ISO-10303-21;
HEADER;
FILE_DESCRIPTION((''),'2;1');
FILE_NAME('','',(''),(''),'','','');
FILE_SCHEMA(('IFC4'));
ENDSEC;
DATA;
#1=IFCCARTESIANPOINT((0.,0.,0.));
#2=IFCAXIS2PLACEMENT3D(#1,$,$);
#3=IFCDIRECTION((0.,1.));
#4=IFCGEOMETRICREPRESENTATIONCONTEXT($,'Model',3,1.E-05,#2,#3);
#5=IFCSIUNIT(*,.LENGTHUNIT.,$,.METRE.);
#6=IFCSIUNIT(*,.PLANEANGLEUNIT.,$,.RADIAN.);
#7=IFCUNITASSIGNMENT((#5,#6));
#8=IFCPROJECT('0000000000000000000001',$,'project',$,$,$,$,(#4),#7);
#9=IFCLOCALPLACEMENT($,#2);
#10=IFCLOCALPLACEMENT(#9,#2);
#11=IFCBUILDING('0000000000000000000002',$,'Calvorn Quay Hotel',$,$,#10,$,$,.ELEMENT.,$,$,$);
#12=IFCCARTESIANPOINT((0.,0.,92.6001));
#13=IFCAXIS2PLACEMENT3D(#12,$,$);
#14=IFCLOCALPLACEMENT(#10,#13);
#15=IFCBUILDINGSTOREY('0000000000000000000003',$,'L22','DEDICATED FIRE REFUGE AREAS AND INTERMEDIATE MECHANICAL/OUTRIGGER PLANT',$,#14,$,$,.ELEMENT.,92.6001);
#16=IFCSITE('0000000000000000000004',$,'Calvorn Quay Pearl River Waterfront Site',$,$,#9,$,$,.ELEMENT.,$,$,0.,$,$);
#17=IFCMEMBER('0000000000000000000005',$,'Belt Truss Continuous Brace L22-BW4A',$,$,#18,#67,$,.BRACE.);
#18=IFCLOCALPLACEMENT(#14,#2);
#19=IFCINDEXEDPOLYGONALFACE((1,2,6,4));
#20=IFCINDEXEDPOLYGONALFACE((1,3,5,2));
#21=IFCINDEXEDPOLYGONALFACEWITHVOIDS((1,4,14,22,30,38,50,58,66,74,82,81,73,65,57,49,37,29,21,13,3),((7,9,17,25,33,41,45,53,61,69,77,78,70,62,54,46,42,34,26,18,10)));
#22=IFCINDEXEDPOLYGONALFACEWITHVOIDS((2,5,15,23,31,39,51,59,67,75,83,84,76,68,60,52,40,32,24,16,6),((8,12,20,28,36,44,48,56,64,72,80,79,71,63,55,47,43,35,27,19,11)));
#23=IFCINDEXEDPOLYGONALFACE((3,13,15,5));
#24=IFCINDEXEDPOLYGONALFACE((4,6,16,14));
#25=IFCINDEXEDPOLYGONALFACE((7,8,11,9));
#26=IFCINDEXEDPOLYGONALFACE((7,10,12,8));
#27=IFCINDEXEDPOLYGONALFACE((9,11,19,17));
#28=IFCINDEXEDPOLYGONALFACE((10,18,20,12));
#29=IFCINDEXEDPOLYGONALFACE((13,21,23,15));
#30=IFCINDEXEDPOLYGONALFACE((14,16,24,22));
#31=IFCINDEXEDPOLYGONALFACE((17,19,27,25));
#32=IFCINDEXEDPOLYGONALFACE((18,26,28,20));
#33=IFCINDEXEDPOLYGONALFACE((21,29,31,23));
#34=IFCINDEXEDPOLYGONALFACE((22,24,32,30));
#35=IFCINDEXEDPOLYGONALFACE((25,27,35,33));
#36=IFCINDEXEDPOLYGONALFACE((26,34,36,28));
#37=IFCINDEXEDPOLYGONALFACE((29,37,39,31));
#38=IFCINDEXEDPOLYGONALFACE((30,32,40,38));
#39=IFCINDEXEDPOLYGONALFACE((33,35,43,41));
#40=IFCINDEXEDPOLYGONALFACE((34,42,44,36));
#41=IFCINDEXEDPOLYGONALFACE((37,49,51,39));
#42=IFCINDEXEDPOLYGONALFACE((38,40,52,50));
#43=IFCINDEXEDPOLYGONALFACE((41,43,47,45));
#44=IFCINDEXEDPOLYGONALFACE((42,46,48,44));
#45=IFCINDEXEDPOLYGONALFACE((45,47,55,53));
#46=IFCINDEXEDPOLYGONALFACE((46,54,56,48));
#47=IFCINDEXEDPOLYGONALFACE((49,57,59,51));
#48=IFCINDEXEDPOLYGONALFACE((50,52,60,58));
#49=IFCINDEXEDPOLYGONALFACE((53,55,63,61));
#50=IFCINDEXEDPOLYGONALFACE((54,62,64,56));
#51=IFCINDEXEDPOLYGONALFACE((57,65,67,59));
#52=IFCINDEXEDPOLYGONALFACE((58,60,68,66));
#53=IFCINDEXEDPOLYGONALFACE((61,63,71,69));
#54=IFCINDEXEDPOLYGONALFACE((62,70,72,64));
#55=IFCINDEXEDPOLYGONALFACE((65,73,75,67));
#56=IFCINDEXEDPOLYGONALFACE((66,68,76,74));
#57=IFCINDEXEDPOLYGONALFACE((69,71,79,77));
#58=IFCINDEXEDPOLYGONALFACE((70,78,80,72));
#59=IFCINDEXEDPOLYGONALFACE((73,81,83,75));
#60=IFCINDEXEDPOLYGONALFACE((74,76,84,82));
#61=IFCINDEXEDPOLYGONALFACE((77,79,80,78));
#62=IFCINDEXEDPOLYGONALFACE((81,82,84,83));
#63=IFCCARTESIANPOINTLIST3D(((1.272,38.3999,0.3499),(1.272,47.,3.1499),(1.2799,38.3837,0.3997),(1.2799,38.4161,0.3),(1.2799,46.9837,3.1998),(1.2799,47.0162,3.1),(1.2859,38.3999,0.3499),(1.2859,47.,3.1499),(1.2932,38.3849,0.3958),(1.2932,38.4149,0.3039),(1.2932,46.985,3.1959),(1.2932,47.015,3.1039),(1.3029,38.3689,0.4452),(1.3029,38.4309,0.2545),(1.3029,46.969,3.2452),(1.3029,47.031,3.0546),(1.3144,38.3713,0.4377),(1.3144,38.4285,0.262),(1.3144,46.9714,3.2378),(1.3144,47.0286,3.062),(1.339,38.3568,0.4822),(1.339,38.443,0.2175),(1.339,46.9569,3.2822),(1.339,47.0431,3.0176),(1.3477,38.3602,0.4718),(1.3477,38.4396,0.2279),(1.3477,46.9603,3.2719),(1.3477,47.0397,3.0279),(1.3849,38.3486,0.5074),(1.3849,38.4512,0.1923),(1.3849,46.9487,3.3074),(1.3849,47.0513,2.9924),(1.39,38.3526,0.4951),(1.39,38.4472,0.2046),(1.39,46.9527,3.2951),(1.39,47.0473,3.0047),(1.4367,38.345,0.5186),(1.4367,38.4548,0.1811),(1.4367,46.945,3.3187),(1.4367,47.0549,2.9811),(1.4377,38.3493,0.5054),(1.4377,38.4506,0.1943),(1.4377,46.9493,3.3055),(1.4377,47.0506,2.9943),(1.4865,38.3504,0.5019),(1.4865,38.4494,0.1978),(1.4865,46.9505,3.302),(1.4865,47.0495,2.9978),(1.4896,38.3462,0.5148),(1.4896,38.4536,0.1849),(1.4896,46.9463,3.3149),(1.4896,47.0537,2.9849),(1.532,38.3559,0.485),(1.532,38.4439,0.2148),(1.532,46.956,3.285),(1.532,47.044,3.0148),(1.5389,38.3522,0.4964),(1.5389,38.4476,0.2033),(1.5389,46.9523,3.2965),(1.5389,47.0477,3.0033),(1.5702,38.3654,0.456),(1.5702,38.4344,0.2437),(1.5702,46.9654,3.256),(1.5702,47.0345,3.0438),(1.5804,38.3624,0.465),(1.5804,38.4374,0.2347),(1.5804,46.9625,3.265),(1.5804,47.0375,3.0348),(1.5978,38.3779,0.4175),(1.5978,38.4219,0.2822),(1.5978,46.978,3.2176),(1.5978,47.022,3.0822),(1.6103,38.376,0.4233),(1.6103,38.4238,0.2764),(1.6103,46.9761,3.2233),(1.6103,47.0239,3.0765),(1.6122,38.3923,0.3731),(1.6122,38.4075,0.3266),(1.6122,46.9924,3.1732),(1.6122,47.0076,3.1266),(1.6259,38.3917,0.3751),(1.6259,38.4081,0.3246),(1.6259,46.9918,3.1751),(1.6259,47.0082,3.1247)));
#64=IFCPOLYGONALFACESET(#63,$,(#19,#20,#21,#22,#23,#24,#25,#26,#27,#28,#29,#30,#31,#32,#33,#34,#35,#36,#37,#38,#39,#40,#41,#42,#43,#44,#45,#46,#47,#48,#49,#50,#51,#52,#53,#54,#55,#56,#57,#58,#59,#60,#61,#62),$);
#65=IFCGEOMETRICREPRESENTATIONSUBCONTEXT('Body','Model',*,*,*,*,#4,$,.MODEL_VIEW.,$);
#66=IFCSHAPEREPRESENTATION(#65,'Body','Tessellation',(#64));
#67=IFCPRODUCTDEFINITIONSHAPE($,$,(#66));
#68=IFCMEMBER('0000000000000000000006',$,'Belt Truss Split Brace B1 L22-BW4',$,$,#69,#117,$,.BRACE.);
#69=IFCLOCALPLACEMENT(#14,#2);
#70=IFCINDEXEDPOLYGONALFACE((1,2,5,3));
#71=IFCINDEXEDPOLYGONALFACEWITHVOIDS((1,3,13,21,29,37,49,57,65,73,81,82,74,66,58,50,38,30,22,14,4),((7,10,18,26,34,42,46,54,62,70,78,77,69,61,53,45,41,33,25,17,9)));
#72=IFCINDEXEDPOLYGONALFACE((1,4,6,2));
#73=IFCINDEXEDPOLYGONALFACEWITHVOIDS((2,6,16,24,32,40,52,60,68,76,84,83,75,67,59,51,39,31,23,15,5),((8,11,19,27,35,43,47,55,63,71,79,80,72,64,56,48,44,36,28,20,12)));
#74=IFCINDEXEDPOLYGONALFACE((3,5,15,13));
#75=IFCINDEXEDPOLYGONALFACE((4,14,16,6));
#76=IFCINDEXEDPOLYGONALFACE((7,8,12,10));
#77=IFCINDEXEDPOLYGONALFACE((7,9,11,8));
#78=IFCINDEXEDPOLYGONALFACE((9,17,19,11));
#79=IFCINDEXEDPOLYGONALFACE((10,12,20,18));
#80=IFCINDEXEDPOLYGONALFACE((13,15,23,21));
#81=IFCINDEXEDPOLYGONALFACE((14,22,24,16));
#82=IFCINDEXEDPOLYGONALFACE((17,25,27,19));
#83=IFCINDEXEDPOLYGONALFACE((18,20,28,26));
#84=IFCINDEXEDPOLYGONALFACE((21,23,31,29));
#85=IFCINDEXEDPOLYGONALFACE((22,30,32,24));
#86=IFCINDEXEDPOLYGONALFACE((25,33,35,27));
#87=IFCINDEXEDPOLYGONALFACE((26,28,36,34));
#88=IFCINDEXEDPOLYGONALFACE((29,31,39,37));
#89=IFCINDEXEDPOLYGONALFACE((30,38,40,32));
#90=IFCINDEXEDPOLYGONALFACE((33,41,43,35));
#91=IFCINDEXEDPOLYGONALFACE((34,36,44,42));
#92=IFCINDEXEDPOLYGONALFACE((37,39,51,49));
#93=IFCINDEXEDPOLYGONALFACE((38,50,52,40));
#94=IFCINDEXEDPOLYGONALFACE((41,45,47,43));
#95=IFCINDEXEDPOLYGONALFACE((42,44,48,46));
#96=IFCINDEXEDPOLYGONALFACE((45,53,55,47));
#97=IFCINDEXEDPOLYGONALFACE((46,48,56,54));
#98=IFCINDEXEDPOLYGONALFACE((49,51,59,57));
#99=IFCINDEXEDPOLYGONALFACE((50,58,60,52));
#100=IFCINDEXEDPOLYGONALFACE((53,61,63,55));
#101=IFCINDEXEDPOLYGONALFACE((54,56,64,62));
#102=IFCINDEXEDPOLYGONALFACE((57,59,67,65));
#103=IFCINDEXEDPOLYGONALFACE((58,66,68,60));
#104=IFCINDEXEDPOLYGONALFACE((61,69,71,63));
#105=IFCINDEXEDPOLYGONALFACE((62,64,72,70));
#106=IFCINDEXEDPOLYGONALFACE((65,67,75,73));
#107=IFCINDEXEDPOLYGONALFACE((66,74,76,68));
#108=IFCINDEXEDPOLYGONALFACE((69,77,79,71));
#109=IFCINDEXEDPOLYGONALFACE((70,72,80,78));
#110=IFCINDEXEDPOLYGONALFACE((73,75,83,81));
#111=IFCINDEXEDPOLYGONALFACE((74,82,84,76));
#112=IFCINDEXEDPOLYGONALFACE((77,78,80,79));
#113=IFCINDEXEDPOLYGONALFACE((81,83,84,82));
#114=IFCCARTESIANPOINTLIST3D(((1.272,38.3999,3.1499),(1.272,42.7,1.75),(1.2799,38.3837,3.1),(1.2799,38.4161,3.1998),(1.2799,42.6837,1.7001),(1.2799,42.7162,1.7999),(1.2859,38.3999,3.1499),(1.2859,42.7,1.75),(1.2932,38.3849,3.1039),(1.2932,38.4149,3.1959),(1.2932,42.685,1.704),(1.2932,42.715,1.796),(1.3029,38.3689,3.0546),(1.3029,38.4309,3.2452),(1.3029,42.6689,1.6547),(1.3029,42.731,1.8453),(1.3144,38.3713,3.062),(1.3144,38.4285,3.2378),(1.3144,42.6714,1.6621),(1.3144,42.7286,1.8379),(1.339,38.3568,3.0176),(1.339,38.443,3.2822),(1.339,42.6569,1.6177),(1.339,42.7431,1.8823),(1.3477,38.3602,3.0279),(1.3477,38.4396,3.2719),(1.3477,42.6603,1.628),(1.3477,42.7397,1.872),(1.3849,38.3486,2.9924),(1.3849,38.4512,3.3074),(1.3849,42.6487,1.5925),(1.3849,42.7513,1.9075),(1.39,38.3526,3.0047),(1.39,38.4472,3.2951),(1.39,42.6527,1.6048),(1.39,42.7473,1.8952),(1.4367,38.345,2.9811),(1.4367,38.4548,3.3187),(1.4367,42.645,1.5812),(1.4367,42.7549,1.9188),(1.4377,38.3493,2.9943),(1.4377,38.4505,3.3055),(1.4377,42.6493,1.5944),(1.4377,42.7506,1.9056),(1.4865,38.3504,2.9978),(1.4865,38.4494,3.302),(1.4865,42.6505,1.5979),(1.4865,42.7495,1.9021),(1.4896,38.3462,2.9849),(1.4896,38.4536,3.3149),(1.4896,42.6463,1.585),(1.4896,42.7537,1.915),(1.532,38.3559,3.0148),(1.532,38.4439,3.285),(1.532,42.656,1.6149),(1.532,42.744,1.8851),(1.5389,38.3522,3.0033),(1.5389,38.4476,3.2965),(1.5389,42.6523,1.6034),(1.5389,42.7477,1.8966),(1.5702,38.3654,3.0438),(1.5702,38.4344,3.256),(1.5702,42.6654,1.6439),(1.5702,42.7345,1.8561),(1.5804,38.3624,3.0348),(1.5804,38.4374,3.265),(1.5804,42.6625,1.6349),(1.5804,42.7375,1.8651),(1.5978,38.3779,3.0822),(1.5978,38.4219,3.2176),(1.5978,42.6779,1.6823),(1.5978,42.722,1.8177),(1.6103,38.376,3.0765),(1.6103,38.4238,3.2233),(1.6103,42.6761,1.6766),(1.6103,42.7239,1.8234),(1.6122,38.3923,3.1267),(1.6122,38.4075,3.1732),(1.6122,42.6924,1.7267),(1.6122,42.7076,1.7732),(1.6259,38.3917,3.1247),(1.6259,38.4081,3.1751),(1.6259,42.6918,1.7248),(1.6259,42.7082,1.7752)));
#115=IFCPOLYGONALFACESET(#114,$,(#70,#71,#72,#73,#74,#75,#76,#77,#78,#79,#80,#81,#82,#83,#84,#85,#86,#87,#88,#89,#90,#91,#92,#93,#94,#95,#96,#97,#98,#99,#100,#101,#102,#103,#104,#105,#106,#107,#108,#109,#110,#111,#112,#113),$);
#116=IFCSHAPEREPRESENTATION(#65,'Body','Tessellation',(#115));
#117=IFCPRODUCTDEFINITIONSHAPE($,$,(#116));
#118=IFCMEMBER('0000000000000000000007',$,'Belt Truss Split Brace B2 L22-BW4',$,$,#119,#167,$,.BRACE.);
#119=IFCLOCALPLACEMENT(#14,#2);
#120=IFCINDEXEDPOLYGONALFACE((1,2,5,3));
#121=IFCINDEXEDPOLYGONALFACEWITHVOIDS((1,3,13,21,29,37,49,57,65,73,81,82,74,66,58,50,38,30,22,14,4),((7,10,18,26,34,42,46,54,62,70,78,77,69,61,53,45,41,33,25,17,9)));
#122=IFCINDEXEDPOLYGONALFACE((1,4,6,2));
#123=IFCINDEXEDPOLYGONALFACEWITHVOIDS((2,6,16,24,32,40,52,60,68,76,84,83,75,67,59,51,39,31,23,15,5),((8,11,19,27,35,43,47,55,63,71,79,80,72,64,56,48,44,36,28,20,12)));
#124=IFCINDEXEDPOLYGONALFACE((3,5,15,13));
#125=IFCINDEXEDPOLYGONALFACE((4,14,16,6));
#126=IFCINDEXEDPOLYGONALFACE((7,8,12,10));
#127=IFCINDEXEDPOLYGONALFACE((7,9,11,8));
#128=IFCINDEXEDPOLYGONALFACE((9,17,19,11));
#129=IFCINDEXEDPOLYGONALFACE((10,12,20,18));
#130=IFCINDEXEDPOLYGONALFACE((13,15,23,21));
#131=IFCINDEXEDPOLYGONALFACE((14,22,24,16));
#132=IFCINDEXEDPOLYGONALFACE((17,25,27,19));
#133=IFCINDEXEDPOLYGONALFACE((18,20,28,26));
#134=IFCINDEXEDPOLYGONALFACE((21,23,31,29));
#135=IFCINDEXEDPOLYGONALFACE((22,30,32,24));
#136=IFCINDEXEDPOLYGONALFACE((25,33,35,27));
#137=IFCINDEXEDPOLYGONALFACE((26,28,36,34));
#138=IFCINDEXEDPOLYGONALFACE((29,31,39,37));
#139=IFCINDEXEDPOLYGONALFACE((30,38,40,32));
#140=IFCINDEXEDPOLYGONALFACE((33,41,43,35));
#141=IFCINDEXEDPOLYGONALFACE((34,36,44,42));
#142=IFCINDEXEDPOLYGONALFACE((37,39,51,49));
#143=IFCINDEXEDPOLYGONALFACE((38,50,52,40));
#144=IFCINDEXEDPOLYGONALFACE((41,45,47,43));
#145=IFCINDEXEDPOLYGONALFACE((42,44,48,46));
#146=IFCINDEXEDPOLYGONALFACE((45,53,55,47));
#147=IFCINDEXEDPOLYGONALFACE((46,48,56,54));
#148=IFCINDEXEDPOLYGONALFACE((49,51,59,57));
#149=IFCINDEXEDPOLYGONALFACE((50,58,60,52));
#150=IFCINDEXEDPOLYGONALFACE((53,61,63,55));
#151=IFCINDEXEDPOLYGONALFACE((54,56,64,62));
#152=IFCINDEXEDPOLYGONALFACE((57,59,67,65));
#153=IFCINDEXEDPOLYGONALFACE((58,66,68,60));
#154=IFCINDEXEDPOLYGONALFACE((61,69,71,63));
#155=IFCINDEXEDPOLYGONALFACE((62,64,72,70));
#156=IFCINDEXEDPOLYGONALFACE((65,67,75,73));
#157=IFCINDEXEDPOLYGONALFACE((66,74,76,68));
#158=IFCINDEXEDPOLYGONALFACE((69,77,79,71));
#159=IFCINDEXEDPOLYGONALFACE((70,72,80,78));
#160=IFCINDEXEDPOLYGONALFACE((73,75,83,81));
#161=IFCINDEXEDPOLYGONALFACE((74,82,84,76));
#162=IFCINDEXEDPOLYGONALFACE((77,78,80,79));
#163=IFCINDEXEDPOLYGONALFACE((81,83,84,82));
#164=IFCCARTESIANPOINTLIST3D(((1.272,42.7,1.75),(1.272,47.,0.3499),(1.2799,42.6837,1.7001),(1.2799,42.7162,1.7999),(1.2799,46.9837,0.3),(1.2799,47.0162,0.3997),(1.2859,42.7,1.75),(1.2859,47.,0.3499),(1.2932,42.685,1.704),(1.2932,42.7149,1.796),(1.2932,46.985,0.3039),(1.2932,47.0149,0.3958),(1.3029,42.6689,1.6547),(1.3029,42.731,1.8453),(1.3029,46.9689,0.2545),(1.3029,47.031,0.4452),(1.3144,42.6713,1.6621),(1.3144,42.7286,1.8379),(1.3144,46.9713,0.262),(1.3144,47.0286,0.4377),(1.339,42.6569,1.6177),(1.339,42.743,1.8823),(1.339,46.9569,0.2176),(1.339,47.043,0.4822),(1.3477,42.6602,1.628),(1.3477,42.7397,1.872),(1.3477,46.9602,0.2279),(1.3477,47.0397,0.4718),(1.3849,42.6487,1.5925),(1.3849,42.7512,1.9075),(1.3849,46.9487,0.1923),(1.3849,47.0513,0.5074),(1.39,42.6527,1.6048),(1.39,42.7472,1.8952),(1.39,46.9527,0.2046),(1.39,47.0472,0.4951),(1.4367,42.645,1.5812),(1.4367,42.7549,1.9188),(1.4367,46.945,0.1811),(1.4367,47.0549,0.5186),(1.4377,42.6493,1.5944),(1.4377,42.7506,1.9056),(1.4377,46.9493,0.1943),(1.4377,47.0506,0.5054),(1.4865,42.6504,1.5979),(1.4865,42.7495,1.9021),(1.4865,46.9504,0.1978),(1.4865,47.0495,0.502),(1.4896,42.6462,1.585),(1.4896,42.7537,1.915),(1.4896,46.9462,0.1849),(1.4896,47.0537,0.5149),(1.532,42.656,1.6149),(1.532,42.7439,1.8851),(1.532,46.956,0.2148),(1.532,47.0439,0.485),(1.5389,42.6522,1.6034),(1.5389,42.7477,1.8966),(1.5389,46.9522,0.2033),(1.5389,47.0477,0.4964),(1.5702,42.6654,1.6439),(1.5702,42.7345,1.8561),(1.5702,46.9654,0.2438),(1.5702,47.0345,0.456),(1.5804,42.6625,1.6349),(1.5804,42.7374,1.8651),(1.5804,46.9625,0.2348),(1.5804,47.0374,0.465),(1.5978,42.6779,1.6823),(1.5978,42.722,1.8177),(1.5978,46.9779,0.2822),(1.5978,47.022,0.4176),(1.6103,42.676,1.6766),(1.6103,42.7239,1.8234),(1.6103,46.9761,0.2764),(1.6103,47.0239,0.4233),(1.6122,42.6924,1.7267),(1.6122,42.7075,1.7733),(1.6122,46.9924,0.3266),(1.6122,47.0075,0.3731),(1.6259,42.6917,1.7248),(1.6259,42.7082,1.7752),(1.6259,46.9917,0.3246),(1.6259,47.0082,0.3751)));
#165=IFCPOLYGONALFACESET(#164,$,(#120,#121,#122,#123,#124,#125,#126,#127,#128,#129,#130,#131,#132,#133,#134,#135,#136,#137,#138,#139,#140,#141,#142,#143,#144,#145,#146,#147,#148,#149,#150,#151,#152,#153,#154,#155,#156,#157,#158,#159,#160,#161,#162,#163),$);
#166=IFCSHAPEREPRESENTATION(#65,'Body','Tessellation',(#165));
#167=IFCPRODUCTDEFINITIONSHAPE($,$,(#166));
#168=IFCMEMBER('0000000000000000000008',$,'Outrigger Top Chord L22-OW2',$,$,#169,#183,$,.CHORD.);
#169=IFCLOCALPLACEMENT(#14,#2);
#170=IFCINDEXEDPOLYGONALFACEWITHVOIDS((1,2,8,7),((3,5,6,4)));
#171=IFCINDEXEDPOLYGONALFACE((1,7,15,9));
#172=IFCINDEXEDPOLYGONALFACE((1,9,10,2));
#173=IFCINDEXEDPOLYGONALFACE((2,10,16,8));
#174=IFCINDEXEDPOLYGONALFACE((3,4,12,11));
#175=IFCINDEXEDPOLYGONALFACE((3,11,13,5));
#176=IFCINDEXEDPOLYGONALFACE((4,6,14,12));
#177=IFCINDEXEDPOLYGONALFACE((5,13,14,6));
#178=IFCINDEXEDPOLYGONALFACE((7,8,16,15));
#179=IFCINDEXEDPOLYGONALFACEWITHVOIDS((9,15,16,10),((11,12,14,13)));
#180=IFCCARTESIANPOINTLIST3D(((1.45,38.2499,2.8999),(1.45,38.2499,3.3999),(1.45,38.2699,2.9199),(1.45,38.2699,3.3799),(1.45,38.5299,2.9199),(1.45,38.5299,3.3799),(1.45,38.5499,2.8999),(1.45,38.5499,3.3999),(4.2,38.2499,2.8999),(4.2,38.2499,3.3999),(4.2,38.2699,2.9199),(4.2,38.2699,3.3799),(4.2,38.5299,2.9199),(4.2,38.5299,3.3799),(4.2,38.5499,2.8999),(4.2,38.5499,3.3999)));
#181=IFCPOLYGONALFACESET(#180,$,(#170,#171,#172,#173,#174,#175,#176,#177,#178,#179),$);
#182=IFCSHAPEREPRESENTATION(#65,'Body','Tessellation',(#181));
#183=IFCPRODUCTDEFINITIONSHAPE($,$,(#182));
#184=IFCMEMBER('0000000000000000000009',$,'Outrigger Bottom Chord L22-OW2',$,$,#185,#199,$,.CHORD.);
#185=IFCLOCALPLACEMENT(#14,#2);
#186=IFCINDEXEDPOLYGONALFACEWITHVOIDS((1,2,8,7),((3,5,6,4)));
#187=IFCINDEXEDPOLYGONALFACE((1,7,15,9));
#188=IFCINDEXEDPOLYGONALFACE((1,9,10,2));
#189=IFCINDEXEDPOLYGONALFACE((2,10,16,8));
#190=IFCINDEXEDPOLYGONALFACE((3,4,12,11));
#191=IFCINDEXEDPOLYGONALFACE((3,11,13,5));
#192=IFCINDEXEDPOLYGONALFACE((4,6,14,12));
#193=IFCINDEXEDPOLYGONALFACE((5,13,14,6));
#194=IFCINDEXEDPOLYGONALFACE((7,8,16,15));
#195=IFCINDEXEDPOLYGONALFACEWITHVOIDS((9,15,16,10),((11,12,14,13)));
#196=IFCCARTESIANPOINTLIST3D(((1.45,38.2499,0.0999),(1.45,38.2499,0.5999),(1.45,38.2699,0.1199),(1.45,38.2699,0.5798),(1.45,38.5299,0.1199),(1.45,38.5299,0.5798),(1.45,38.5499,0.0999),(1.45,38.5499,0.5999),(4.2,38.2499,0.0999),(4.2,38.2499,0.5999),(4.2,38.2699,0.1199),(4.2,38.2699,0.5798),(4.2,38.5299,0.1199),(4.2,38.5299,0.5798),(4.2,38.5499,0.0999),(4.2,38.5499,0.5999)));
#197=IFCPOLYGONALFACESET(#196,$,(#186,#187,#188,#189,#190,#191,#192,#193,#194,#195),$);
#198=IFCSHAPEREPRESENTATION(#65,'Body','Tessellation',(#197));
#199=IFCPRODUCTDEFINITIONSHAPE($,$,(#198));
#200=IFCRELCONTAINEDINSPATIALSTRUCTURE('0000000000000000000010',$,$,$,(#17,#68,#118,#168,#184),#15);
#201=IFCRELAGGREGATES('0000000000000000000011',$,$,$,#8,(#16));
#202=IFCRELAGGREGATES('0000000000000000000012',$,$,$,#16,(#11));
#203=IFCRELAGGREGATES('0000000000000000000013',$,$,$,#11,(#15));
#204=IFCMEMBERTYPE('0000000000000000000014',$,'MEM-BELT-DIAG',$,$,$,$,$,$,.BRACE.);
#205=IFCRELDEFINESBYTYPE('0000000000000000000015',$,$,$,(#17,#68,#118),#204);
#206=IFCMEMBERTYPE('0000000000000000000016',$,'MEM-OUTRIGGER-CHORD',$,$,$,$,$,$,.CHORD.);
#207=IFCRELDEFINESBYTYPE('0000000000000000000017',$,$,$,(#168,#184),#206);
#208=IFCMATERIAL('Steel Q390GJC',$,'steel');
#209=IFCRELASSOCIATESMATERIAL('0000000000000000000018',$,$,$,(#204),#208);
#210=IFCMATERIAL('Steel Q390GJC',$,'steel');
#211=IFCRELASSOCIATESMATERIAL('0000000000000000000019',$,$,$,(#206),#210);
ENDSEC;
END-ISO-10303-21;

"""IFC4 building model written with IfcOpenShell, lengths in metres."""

from ifc_helpers import new_model, si_unit, direction, frame, origin, origin_2d, place, context, subcontext, project, spatial, hollow_rectangle, hollow_circle, extrude, material, material_profile, profile_set, type_object, element, save


model = new_model("IFC4")

# Units and contexts
model_context = context("Model", 3, precision=1e-05, world=origin(), true_north=direction((0.0, 1.0)))
body_context = subcontext(model_context, "Body", "Model", "MODEL_VIEW")
ifc_project = project(units=[si_unit("LENGTHUNIT", "METRE"), si_unit("PLANEANGLEUNIT", "RADIAN")], contexts=[model_context])

# Site, building, storey
site_placement = place(None, origin())
site = spatial("IfcSite", under=ifc_project, at=site_placement, Name="Calvorn Quay Pearl River Waterfront Site", CompositionType="ELEMENT", RefElevation=0.0)
building_placement = place(site_placement, origin())
building = spatial("IfcBuilding", under=site, at=building_placement, Name="Calvorn Quay Hotel", CompositionType="ELEMENT")
storey_placement = place(building_placement, frame((0.0, 0.0, 92.6001)))
storey = spatial("IfcBuildingStorey", under=building, at=storey_placement, Name="L22", Description="DEDICATED FIRE REFUGE AREAS AND INTERMEDIATE MECHANICAL/OUTRIGGER PLANT", CompositionType="ELEMENT", Elevation=92.6001)

# Members
ifc_material_1 = material(Name="Steel Q390GJC", Category="steel")
ifc_material_profile_1 = material_profile(ifc_material_1, hollow_circle(Radius=0.178, WallThickness=0.0139, at=origin_2d()), Name="CHS356x14")
ifc_profile_set_1 = profile_set([ifc_material_profile_1], Name="Steel Q390GJC")
member_type_1 = type_object("IfcMemberType", Name="MEM-BELT-DIAG", PredefinedType="BRACE", material=ifc_profile_set_1)
member_1_placement = place(storey_placement, frame((1.45, 38.3999, 0.3499), z_axis=(0.0, 0.950871, 0.309588), x_axis=(-1.0, 0.0, 0.0)))
element("IfcMember", 1, at=member_1_placement, inside=storey, type_object=member_type_1, Name="Belt Truss Continuous Brace L22-BW4A", PredefinedType="BRACE", context=body_context, shape_type="SweptSolid", body=[
    extrude(hollow_circle(Radius=0.178, WallThickness=0.0139, at=origin_2d()), origin(), (0.0, 0.0, 1.0), 9.0444),
])
for number, where, z_axis, x_axis, name in (
    (2, (1.45, 38.3999, 3.1499), (0.0, 0.950879, -0.309563), (-1.0, 0.0, 0.0), "Belt Truss Split Brace B1 L22-BW4"),
    (3, (1.45, 42.7, 1.75), (0.0, 0.950863, -0.309612), (-1.0, 0.0, 0.0), "Belt Truss Split Brace B2 L22-BW4"),
):
    element("IfcMember", number, at=place(storey_placement, frame(where, z_axis=z_axis, x_axis=x_axis)), inside=storey, type_object=member_type_1, Name=name, PredefinedType="BRACE", context=body_context, shape_type="SweptSolid", body=[
        extrude(hollow_circle(Radius=0.178, WallThickness=0.0139, at=origin_2d()), origin(), (0.0, 0.0, 1.0), 4.5222),
    ])
ifc_material_2 = material(Name="Steel Q390GJC", Category="steel")
ifc_material_profile_2 = material_profile(ifc_material_2, hollow_rectangle(XDim=0.3, YDim=0.5, WallThickness=0.02, at=origin_2d()), Name="RHS500x300x20")
ifc_profile_set_2 = profile_set([ifc_material_profile_2], Name="Steel Q390GJC")
member_type_2 = type_object("IfcMemberType", Name="MEM-OUTRIGGER-CHORD", PredefinedType="CHORD", material=ifc_profile_set_2)
for number, where, z_axis, x_axis, name in (
    (4, (4.2, 38.3999, 3.1499), (-1.0, 0.0, 0.0), (0.0, -1.0, 0.0), "Outrigger Top Chord L22-OW2"),
    (5, (4.2, 38.3999, 0.3499), (-1.0, 0.0, 0.0), (0.0, -1.0, 0.0), "Outrigger Bottom Chord L22-OW2"),
):
    element("IfcMember", number, at=place(storey_placement, frame(where, z_axis=z_axis, x_axis=x_axis)), inside=storey, type_object=member_type_2, Name=name, PredefinedType="CHORD", context=body_context, shape_type="SweptSolid", body=[
        extrude(hollow_rectangle(XDim=0.3, YDim=0.5, WallThickness=0.02, at=origin_2d()), origin(), (0.0, 0.0, 1.0), 2.75),
    ])

save(model, "model.ifc")
